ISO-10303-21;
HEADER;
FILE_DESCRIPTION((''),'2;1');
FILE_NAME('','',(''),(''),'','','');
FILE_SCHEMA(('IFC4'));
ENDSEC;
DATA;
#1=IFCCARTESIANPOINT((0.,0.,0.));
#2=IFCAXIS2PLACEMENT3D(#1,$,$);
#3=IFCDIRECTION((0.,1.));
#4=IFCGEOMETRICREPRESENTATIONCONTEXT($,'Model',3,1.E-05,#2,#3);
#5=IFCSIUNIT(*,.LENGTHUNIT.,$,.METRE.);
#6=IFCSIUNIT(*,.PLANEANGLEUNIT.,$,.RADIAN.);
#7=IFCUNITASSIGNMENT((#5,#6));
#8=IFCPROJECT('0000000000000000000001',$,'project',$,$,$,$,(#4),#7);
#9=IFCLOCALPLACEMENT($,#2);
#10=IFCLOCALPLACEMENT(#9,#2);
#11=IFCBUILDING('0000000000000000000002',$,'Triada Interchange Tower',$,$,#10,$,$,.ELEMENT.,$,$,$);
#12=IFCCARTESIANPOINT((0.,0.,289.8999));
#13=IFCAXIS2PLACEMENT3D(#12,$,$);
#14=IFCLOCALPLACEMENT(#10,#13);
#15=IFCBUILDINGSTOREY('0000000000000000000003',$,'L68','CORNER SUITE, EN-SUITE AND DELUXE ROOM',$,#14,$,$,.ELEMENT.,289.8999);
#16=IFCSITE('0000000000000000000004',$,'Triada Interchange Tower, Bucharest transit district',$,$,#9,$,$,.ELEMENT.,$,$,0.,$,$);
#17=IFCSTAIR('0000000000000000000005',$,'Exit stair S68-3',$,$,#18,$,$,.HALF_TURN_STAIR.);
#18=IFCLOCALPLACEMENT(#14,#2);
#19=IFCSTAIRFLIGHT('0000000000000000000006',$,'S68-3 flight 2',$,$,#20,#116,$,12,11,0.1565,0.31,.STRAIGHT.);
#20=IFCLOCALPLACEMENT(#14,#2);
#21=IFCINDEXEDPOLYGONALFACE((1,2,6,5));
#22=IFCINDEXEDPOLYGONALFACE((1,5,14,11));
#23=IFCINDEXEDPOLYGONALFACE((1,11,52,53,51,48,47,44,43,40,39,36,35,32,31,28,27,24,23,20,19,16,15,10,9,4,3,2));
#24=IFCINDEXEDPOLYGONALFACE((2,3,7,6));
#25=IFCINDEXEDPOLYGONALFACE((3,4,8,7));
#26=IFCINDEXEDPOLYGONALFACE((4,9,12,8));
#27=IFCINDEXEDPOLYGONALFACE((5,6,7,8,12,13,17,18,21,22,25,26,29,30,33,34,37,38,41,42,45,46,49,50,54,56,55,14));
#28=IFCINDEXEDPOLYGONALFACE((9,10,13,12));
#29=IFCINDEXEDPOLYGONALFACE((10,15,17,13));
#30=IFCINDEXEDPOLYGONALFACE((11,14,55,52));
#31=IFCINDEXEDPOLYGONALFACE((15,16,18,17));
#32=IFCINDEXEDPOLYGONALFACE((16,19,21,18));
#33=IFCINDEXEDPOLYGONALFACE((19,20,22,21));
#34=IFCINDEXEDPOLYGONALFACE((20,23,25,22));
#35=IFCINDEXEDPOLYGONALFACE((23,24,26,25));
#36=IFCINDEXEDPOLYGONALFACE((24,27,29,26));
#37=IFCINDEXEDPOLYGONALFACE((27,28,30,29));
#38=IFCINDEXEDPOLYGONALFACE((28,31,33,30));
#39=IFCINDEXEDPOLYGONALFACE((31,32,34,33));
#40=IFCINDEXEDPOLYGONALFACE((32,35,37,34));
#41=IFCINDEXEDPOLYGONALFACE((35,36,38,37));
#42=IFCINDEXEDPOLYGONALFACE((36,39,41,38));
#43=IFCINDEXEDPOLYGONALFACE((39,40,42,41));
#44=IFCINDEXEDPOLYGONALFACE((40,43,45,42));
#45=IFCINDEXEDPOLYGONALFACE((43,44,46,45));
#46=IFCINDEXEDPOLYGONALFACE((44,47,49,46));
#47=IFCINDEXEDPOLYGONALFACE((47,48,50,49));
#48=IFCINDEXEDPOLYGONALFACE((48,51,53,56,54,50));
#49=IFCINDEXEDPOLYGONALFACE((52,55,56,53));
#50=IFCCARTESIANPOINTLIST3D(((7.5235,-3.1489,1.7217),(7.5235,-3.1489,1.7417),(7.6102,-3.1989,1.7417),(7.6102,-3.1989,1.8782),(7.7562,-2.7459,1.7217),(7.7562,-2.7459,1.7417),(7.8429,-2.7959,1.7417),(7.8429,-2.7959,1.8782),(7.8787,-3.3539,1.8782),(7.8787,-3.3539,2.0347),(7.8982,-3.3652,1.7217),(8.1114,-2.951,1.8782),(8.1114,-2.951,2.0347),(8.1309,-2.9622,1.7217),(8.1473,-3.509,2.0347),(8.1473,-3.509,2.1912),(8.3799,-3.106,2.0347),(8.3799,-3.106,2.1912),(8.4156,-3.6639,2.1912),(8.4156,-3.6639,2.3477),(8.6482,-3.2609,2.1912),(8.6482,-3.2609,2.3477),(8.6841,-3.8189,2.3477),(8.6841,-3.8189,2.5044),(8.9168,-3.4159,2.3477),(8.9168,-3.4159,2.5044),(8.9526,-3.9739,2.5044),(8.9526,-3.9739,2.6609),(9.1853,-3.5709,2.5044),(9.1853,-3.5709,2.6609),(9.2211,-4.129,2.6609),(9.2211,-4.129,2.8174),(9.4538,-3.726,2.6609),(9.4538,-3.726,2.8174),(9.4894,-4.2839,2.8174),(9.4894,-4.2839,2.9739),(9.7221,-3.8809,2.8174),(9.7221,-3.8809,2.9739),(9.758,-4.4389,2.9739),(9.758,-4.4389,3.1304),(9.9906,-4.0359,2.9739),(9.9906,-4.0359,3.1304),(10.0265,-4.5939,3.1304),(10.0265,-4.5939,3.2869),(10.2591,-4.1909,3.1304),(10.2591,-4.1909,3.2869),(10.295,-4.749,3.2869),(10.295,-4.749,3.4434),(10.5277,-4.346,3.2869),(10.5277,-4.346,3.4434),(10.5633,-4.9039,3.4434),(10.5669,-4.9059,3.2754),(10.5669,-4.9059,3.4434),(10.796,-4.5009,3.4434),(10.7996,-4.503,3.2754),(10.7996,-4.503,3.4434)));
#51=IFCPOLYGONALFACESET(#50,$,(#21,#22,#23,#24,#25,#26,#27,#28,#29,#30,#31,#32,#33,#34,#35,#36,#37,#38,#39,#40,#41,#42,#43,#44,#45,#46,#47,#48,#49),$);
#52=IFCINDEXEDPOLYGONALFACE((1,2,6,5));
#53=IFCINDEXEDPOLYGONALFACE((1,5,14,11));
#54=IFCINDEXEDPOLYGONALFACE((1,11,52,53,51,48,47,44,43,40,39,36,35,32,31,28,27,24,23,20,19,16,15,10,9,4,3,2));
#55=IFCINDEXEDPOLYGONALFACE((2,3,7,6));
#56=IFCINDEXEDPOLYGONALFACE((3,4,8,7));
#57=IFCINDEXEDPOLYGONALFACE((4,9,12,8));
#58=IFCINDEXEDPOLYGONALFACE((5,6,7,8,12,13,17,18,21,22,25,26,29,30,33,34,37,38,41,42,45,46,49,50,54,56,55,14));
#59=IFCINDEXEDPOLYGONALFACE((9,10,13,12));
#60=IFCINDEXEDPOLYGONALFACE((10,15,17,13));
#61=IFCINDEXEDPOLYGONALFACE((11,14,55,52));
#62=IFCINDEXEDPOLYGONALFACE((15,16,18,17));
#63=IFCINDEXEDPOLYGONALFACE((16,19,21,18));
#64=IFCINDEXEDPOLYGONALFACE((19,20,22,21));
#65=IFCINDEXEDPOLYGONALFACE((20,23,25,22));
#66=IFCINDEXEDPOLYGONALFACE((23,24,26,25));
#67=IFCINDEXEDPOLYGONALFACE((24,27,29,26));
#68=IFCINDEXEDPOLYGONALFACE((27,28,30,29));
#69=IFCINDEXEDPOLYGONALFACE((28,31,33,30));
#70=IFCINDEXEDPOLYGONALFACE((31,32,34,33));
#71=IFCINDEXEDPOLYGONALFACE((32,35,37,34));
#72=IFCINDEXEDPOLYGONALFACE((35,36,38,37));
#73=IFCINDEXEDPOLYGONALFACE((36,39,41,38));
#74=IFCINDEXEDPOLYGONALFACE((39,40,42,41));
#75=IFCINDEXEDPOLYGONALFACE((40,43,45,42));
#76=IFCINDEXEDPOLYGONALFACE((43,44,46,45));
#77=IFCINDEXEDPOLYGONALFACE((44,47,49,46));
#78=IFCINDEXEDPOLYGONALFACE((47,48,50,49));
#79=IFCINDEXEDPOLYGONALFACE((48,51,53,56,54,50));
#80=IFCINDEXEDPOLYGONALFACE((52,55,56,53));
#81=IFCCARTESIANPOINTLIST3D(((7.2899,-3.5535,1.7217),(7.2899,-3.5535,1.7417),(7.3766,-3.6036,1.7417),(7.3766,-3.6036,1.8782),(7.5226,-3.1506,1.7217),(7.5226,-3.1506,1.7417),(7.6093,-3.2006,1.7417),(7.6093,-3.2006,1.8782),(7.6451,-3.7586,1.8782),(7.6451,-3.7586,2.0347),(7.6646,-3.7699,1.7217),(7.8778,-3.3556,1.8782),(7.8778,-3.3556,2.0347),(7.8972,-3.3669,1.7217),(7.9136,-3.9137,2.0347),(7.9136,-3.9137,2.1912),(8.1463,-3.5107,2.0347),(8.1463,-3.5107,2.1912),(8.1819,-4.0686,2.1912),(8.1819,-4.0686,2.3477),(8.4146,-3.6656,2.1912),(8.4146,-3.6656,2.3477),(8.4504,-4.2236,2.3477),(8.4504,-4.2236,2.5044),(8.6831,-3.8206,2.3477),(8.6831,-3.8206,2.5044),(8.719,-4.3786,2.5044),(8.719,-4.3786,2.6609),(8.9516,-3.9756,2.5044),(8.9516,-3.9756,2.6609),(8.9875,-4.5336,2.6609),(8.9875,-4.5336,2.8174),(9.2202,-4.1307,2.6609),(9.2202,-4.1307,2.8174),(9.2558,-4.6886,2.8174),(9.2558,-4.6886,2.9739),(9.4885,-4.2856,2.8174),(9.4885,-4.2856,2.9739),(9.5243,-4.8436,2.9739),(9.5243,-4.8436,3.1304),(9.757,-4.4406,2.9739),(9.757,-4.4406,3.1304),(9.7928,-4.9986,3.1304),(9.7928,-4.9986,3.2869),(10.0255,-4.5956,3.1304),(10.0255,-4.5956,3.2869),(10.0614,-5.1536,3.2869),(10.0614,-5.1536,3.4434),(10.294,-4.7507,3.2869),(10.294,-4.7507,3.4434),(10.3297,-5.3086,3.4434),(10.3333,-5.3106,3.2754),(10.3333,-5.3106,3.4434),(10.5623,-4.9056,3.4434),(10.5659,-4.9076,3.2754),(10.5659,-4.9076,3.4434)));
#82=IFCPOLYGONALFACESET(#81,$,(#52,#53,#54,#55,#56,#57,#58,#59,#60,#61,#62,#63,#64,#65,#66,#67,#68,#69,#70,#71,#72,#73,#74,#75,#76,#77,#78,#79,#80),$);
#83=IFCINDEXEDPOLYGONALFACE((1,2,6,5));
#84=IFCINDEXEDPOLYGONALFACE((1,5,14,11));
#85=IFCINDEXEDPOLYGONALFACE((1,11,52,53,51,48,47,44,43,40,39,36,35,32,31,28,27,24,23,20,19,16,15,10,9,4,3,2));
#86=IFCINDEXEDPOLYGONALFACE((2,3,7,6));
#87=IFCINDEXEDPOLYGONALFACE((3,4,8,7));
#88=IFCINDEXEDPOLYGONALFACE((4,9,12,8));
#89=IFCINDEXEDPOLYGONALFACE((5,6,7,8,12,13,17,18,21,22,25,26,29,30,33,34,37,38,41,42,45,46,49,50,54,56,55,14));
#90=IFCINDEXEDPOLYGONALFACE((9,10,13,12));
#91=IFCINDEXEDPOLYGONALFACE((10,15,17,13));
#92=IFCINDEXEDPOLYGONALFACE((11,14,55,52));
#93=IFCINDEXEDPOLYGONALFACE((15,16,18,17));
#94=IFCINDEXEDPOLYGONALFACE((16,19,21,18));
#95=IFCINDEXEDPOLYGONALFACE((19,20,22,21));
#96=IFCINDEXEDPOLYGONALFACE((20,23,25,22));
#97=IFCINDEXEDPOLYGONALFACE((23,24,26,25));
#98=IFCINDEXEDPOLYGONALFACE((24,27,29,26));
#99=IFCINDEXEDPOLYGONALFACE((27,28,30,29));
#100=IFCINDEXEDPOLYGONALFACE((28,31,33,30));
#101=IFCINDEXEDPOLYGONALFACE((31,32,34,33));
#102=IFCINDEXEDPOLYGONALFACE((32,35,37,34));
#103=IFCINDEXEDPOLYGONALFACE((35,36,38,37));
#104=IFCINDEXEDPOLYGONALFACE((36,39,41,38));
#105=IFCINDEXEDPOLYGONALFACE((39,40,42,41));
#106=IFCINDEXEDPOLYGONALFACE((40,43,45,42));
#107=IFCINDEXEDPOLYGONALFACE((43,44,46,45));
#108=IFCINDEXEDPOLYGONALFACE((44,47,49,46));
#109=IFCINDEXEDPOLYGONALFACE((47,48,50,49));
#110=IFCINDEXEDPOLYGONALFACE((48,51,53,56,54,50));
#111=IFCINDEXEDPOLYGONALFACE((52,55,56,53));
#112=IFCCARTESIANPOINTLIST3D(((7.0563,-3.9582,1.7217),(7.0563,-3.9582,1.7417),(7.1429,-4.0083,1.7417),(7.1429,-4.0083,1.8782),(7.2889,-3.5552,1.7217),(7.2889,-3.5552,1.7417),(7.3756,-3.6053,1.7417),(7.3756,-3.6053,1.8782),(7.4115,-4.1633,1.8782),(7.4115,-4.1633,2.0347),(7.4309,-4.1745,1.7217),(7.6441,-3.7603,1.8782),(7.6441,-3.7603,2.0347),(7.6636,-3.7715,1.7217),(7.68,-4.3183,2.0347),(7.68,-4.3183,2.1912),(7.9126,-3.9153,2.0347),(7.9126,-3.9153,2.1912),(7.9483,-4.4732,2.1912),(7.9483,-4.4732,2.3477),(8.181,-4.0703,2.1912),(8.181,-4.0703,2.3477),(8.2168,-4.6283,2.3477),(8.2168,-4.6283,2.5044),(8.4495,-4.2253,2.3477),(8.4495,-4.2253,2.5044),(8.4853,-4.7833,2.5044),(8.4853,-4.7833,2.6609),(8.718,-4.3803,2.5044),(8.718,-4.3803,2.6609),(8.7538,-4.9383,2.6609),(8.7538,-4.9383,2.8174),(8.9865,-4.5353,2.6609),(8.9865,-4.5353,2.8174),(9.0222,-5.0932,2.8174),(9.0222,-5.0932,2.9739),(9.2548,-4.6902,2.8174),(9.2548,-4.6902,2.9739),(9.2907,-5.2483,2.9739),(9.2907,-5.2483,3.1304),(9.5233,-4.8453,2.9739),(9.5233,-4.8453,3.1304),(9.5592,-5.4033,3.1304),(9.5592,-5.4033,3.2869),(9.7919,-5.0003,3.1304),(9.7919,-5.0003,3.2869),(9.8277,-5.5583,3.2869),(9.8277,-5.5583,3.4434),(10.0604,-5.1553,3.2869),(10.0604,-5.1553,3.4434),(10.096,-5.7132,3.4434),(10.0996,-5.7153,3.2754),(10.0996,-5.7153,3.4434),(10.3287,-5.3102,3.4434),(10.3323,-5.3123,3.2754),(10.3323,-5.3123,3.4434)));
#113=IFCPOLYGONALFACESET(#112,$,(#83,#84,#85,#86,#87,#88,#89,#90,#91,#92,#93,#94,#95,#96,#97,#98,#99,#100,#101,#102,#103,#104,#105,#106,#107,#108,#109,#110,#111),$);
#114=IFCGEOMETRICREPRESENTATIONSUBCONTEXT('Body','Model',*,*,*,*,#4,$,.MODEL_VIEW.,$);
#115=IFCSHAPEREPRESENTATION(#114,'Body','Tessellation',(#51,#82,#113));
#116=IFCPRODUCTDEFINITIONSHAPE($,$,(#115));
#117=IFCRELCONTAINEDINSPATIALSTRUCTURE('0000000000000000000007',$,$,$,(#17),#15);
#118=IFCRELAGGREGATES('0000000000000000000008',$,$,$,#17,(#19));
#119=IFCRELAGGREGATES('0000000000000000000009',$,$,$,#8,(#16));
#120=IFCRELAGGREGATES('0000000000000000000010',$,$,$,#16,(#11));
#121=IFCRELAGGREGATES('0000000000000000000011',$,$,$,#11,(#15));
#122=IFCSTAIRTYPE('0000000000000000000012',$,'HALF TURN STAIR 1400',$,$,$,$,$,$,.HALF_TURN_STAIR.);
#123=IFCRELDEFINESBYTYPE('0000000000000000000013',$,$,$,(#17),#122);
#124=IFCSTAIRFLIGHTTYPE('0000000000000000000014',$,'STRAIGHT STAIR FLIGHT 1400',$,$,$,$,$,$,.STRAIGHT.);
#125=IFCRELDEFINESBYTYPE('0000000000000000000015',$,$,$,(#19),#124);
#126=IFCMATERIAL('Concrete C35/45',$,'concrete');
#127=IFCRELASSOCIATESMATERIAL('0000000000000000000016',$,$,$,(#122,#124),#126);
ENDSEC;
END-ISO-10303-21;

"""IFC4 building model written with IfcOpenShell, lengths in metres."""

from ifc_helpers import new_model, si_unit, direction, frame, origin, place, context, subcontext, project, spatial, polyline, outline, extrude, material, type_object, element, aggregate, save


model = new_model("IFC4")

# Units and contexts
model_context = context("Model", 3, precision=1e-05, world=origin(), true_north=direction((0.0, 1.0)))
body_context = subcontext(model_context, "Body", "Model", "MODEL_VIEW")
ifc_project = project(units=[si_unit("LENGTHUNIT", "METRE"), si_unit("PLANEANGLEUNIT", "RADIAN")], contexts=[model_context])

# Site, building, storey
site_placement = place(None, origin())
site = spatial("IfcSite", under=ifc_project, at=site_placement, Name="Triada Interchange Tower, Bucharest transit district", CompositionType="ELEMENT", RefElevation=0.0)
building_placement = place(site_placement, origin())
building = spatial("IfcBuilding", under=site, at=building_placement, Name="Triada Interchange Tower", CompositionType="ELEMENT")
storey_placement = place(building_placement, frame((0.0, 0.0, 289.8999)))
storey = spatial("IfcBuildingStorey", under=building, at=storey_placement, Name="L68", Description="CORNER SUITE, EN-SUITE AND DELUXE ROOM", CompositionType="ELEMENT", Elevation=289.8999)

# Stair, stair flight
ifc_material_1 = material(Name="Concrete C35/45", Category="concrete")
stair_type = type_object("IfcStairType", Name="HALF TURN STAIR 1400", PredefinedType="HALF_TURN_STAIR", material=ifc_material_1)
stair_placement = place(storey_placement, origin())
stair = element("IfcStair", 1, at=stair_placement, inside=storey, type_object=stair_type, Name="Exit stair S68-3", PredefinedType="HALF_TURN_STAIR")
stair_flight_type = type_object("IfcStairFlightType", Name="STRAIGHT STAIR FLIGHT 1400", PredefinedType="STRAIGHT", material=ifc_material_1)
stair_flight_1_placement = place(storey_placement, frame((7.4929, -3.4021, 1.7217), z_axis=(0.0, 0.0, 1.0), x_axis=(0.866025, -0.5, 0.0)))
stair_flight_1 = element("IfcStairFlight", 2, at=stair_flight_1_placement, type_object=stair_flight_type, Name="S68-3 flight 2", NumberOfRisers=12, NumberOfTreads=11, PredefinedType="STRAIGHT", RiserHeight=0.1565, TreadLength=0.31, context=body_context, shape_type="SweptSolid", body=[
    extrude(outline(polyline([(-0.1001, 0.0), (-0.1001, 0.02), (0.0, 0.02), (0.0, 0.1565), (0.3101, 0.1565), (0.3101, 0.313), (0.6201, 0.313), (0.6201, 0.4695), (0.9299, 0.4695), (0.9299, 0.626), (1.24, 0.626), (1.24, 0.7827), (1.55, 0.7827), (1.55, 0.9392), (1.8601, 0.9392), (1.8601, 1.0957), (2.1699, 1.0957), (2.1699, 1.2522), (2.48, 1.2522), (2.48, 1.4087), (2.79, 1.4087), (2.79, 1.5652), (3.1001, 1.5652), (3.1001, 1.7217), (3.4099, 1.7217), (3.4141, 1.7217), (3.4141, 1.8782), (3.4141, 1.5537), (0.3325, 0.0), (-0.1001, 0.0)])), frame((0.0, 0.7, 0.0), z_axis=(0.0, -1.0, 0.0), x_axis=(1.0, 0.0, 0.0)), (0.0, 0.0, 1.0), 0.4653),
    extrude(outline(polyline([(-0.1001, 0.0), (-0.1001, 0.02), (0.0, 0.02), (0.0, 0.1565), (0.3101, 0.1565), (0.3101, 0.313), (0.6201, 0.313), (0.6201, 0.4695), (0.9299, 0.4695), (0.9299, 0.626), (1.24, 0.626), (1.24, 0.7827), (1.55, 0.7827), (1.55, 0.9392), (1.8601, 0.9392), (1.8601, 1.0957), (2.1699, 1.0957), (2.1699, 1.2522), (2.48, 1.2522), (2.48, 1.4087), (2.79, 1.4087), (2.79, 1.5652), (3.1001, 1.5652), (3.1001, 1.7217), (3.4099, 1.7217), (3.4141, 1.7217), (3.4141, 1.8782), (3.4141, 1.5537), (0.3325, 0.0), (-0.1001, 0.0)])), frame((0.0, 0.2327, 0.0), z_axis=(0.0, -1.0, 0.0), x_axis=(1.0, 0.0, 0.0)), (0.0, 0.0, 1.0), 0.4653),
    extrude(outline(polyline([(-0.1001, 0.0), (-0.1001, 0.02), (0.0, 0.02), (0.0, 0.1565), (0.3101, 0.1565), (0.3101, 0.313), (0.6201, 0.313), (0.6201, 0.4695), (0.9299, 0.4695), (0.9299, 0.626), (1.24, 0.626), (1.24, 0.7827), (1.55, 0.7827), (1.55, 0.9392), (1.8601, 0.9392), (1.8601, 1.0957), (2.1699, 1.0957), (2.1699, 1.2522), (2.48, 1.2522), (2.48, 1.4087), (2.79, 1.4087), (2.79, 1.5652), (3.1001, 1.5652), (3.1001, 1.7217), (3.4099, 1.7217), (3.4141, 1.7217), (3.4141, 1.8782), (3.4141, 1.5537), (0.3325, 0.0), (-0.1001, 0.0)])), frame((0.0, -0.2346, 0.0), z_axis=(0.0, -1.0, 0.0), x_axis=(1.0, 0.0, 0.0)), (0.0, 0.0, 1.0), 0.4653),
])
aggregate(stair, [stair_flight_1])

save(model, "model.ifc")
